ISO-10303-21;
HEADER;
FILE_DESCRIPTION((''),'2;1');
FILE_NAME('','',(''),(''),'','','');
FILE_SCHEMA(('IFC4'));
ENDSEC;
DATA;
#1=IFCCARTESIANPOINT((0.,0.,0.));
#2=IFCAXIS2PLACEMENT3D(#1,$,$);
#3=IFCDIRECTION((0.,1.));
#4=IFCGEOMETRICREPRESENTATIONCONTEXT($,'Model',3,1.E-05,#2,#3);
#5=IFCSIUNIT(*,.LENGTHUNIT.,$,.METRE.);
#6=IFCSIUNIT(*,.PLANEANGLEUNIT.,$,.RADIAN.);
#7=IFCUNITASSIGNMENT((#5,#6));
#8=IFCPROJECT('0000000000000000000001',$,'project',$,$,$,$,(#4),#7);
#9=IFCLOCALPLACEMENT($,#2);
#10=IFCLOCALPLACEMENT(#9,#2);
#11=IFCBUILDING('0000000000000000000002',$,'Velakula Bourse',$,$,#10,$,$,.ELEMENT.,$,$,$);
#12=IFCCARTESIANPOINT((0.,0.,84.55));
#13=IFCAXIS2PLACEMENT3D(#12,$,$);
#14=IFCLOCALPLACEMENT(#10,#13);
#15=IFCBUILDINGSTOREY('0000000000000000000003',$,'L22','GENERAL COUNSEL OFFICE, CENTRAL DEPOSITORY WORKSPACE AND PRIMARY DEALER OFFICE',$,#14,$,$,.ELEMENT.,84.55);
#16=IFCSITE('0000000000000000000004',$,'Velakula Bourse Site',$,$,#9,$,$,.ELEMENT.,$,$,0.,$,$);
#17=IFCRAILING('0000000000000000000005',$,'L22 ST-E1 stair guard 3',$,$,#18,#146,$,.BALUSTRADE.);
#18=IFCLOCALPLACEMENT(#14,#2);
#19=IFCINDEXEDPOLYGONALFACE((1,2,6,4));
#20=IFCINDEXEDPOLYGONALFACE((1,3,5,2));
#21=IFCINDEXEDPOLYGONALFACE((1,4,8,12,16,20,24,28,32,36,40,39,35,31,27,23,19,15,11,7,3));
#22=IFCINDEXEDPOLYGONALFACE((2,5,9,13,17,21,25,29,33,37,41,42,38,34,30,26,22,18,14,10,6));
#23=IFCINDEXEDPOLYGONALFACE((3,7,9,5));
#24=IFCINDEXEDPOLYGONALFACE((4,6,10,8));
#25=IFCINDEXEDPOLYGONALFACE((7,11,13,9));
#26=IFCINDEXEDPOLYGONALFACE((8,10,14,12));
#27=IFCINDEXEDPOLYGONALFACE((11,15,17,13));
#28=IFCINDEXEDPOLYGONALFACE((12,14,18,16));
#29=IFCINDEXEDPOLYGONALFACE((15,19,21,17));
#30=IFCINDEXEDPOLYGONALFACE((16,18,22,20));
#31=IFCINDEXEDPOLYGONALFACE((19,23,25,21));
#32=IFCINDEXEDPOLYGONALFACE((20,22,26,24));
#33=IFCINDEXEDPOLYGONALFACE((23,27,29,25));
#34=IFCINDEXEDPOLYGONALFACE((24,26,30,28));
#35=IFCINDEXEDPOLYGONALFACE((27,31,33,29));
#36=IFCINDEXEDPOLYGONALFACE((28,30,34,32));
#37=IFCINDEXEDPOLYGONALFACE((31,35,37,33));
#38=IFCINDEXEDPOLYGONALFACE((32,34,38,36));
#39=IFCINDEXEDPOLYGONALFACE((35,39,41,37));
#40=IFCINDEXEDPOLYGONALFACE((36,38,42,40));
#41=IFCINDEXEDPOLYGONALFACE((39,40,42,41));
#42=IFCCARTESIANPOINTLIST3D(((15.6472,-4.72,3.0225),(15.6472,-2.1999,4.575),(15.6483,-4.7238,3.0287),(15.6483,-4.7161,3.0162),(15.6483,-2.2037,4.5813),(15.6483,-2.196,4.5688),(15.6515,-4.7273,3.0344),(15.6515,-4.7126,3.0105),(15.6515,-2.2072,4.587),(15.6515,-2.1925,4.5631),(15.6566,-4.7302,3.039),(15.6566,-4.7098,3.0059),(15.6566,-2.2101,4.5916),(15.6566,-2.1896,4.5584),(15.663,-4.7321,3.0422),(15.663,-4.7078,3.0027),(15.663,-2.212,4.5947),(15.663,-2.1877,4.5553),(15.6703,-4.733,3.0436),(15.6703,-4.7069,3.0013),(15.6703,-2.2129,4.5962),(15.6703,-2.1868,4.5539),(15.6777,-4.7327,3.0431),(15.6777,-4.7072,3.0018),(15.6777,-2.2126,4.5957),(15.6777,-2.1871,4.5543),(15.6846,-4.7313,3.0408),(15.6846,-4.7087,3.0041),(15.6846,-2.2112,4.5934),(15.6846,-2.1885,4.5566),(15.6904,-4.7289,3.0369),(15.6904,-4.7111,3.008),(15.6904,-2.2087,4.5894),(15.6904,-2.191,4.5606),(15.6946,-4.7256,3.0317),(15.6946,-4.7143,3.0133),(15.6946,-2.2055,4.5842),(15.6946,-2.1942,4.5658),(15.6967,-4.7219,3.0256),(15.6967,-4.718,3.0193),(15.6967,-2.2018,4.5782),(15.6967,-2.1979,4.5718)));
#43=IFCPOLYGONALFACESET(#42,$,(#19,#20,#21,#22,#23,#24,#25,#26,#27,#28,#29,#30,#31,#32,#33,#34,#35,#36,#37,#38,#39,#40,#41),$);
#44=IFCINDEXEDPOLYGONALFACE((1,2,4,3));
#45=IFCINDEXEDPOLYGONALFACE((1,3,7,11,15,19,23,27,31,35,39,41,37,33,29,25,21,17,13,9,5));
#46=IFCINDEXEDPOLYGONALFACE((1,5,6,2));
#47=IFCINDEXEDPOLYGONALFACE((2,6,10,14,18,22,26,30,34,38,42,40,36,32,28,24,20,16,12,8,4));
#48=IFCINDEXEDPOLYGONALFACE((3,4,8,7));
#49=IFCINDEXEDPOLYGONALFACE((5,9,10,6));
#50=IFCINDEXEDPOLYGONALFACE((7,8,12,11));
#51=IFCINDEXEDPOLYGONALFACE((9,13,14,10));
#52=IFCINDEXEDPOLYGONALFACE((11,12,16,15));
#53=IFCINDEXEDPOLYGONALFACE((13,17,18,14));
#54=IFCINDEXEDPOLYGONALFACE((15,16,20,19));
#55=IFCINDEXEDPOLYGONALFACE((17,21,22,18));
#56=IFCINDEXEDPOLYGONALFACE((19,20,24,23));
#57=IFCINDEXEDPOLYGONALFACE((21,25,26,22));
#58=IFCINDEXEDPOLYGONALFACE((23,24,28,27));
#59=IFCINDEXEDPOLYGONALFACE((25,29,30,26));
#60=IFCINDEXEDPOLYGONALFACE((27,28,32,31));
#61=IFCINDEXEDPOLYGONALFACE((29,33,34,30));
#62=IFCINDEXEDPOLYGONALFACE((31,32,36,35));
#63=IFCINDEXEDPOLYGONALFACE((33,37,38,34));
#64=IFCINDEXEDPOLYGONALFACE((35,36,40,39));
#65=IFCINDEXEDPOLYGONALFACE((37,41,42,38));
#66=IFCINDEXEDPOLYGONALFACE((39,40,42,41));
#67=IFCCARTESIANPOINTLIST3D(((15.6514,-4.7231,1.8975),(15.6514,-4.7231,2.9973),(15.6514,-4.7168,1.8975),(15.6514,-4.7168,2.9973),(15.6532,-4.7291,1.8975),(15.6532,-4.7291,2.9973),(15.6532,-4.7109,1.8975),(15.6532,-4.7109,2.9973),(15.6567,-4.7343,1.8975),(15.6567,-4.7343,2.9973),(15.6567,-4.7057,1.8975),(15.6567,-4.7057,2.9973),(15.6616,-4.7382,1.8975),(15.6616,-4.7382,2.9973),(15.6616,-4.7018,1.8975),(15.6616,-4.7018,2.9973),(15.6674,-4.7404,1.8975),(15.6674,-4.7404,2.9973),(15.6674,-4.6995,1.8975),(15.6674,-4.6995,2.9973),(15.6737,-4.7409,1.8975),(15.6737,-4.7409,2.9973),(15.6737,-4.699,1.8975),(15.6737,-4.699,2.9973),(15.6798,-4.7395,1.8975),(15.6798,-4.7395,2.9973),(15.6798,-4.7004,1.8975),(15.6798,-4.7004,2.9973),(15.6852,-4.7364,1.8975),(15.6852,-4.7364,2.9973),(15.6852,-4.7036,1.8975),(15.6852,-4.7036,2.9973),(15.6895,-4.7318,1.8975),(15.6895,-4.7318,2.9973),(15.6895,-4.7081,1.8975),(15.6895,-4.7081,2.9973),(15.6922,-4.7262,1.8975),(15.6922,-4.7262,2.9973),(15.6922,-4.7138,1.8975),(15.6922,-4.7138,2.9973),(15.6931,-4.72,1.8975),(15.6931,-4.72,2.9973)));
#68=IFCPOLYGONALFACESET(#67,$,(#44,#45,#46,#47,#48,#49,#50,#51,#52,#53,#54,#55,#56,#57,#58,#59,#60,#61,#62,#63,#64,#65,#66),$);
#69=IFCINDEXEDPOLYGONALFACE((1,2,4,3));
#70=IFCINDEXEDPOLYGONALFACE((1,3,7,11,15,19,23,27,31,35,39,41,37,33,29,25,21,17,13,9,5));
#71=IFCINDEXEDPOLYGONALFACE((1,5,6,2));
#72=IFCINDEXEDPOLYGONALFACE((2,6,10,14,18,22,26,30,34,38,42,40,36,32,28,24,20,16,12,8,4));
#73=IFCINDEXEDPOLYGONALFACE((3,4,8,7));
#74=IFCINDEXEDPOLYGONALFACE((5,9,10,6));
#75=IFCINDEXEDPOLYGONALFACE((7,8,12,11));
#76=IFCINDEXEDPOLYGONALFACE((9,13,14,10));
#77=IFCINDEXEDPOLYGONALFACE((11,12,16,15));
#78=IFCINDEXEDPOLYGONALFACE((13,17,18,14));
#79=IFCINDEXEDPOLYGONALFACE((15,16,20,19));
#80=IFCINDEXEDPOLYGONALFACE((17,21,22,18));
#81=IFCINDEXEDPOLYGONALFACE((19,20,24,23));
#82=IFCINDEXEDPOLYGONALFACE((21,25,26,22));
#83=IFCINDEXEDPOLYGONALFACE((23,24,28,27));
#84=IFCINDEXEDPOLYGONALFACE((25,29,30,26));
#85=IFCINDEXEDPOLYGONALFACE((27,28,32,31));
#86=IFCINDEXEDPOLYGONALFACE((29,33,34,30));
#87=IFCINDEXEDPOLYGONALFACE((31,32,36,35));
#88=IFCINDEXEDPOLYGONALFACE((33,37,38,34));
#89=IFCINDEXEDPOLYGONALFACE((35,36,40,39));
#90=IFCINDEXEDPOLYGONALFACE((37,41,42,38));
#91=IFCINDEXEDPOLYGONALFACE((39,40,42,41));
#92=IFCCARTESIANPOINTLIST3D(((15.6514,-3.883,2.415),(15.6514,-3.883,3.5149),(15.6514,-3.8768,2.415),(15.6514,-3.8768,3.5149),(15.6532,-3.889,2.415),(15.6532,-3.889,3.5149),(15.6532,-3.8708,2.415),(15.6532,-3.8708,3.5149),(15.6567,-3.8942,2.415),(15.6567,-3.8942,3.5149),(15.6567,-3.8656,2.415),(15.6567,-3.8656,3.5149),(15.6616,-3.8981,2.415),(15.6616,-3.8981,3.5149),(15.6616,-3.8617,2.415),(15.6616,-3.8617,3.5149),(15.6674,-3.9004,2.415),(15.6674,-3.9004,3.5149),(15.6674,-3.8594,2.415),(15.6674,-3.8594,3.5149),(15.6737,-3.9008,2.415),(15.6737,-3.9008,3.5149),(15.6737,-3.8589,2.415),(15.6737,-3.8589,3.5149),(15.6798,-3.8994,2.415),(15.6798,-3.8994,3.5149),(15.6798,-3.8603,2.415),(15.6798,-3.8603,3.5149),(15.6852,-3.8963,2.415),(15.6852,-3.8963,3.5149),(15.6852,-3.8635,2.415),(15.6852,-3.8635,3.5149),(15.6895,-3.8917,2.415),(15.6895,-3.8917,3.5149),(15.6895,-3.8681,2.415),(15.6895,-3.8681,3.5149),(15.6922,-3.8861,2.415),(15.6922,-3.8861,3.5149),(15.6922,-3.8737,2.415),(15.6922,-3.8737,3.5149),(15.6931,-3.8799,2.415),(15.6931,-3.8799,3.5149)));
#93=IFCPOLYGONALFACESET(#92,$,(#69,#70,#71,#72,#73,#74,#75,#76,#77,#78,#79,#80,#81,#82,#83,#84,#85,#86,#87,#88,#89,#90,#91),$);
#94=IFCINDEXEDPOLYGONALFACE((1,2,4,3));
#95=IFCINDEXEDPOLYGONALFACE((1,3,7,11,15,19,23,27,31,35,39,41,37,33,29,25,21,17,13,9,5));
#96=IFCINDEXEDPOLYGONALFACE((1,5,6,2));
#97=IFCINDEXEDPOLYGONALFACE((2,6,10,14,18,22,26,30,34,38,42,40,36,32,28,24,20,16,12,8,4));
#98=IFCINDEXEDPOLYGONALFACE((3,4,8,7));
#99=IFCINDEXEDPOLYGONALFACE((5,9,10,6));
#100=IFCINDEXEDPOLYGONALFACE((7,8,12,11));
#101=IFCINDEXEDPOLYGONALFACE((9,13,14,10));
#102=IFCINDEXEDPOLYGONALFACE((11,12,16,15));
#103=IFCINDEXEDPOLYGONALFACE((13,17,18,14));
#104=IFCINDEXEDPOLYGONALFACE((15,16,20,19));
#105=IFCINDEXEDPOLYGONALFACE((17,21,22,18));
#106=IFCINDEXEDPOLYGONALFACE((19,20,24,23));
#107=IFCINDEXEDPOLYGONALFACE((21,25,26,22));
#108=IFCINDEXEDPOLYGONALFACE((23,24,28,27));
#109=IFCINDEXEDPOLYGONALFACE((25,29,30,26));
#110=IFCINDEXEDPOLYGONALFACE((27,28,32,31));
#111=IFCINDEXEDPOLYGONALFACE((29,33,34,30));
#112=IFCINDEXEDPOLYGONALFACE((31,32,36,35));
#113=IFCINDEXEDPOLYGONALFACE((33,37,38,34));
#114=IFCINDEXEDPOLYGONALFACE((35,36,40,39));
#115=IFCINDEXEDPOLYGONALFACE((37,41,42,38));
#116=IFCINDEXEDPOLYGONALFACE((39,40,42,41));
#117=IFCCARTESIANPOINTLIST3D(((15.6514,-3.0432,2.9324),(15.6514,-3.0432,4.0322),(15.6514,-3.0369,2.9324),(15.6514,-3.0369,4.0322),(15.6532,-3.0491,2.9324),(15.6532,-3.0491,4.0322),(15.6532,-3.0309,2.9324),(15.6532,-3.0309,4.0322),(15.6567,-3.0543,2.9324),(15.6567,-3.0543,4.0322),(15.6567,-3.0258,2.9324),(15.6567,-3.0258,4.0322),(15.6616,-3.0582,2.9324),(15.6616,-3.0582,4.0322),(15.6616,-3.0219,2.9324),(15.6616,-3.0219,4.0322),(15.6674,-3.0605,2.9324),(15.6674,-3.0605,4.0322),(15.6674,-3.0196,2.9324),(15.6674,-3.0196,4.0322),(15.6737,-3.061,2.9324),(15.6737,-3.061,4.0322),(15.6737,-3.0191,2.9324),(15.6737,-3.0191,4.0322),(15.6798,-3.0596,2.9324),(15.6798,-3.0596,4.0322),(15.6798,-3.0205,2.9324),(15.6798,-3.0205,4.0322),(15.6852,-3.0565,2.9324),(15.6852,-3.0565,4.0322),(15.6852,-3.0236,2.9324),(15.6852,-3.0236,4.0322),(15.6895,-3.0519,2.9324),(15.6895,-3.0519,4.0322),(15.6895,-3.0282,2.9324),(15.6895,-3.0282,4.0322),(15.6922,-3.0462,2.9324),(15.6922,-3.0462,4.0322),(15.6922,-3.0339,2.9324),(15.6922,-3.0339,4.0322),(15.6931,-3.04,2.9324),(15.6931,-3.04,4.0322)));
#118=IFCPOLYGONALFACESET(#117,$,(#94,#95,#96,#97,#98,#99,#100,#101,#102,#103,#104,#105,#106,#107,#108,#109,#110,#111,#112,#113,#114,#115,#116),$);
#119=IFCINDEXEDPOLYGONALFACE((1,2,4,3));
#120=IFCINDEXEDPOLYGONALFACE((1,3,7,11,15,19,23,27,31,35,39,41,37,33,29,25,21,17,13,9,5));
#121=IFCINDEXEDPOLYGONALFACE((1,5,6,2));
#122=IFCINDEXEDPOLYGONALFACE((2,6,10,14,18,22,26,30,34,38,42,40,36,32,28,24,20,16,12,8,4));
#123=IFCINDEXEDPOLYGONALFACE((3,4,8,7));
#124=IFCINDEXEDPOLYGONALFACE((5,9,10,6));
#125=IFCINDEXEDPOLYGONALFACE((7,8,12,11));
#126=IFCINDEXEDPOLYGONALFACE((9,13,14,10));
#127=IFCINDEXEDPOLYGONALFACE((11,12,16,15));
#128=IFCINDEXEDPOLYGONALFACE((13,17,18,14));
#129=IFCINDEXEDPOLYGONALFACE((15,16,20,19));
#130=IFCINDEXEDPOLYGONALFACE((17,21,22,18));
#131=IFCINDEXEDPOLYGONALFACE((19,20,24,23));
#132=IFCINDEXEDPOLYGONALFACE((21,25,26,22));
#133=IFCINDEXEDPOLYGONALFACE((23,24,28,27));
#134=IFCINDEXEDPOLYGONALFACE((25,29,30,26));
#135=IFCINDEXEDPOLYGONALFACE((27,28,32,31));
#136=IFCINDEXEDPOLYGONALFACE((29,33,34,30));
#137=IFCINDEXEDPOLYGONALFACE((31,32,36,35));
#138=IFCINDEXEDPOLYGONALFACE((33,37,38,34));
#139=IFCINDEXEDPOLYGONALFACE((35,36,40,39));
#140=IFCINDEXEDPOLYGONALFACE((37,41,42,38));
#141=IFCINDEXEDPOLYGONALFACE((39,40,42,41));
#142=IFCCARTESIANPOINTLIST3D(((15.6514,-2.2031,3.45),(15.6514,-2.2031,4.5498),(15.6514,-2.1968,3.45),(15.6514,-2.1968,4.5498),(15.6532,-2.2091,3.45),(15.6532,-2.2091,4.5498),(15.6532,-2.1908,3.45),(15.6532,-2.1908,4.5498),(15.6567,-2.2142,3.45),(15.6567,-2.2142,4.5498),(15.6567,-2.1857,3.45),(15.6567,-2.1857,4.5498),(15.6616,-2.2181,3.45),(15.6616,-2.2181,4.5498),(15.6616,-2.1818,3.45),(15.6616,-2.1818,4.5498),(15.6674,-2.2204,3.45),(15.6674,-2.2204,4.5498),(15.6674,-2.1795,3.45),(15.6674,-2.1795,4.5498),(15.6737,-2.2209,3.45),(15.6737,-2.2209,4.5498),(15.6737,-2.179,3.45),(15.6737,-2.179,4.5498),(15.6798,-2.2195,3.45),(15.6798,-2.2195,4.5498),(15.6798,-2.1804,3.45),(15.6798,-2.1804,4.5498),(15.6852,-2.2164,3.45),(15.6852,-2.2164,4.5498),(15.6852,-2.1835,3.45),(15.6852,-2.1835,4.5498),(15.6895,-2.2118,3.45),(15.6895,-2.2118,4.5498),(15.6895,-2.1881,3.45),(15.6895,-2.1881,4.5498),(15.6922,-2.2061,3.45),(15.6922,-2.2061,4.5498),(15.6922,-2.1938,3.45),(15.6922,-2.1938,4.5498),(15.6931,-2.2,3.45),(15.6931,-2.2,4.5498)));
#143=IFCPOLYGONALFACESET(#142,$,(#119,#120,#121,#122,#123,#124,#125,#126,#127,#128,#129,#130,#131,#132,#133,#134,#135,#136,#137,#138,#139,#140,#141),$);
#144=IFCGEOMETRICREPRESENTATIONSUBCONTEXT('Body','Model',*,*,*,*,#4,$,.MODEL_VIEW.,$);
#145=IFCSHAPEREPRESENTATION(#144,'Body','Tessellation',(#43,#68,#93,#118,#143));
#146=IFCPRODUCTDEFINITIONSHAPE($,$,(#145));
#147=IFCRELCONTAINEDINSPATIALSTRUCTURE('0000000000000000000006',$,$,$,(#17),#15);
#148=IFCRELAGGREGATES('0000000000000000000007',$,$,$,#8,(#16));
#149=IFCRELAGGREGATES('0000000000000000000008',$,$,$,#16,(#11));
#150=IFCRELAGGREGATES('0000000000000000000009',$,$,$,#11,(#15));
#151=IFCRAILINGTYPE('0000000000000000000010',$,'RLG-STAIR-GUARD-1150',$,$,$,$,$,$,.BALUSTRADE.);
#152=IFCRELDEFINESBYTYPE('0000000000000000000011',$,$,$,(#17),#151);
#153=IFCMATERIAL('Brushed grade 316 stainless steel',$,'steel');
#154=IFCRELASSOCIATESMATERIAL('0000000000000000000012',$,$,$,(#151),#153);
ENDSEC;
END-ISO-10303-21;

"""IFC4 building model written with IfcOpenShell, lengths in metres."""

from ifc_helpers import new_model, si_unit, direction, frame, origin, origin_2d, place, context, subcontext, project, spatial, circle, extrude, material, type_object, element, save


model = new_model("IFC4")

# Units and contexts
model_context = context("Model", 3, precision=1e-05, world=origin(), true_north=direction((0.0, 1.0)))
body_context = subcontext(model_context, "Body", "Model", "MODEL_VIEW")
ifc_project = project(units=[si_unit("LENGTHUNIT", "METRE"), si_unit("PLANEANGLEUNIT", "RADIAN")], contexts=[model_context])

# Site, building, storey
site_placement = place(None, origin())
site = spatial("IfcSite", under=ifc_project, at=site_placement, Name="Velakula Bourse Site", CompositionType="ELEMENT", RefElevation=0.0)
building_placement = place(site_placement, origin())
building = spatial("IfcBuilding", under=site, at=building_placement, Name="Velakula Bourse", CompositionType="ELEMENT")
storey_placement = place(building_placement, frame((0.0, 0.0, 84.55)))
storey = spatial("IfcBuildingStorey", under=building, at=storey_placement, Name="L22", Description="GENERAL COUNSEL OFFICE, CENTRAL DEPOSITORY WORKSPACE AND PRIMARY DEALER OFFICE", CompositionType="ELEMENT", Elevation=84.55)

# Railing
ifc_material_1 = material(Name="Brushed grade 316 stainless steel", Category="steel")
railing_type_1 = type_object("IfcRailingType", Name="RLG-STAIR-GUARD-1150", PredefinedType="BALUSTRADE", material=ifc_material_1)
railing_1_placement = place(storey_placement, frame((15.6721, -4.72, 1.8975)))
element("IfcRailing", 1, at=railing_1_placement, inside=storey, type_object=railing_type_1, Name="L22 ST-E1 stair guard 3", PredefinedType="BALUSTRADE", context=body_context, shape_type="SweptSolid", body=[
    extrude(circle(Radius=0.0249, at=origin_2d()), frame((0.0, 0.0, 1.125), z_axis=(0.0, 0.8514, 0.524516), x_axis=(-1.0, 0.0, 0.0)), (0.0, 0.0, 1.0), 2.96),
    extrude(circle(Radius=0.021, at=origin_2d()), origin(), (0.0, 0.0, 1.0), 1.0999),
    extrude(circle(Radius=0.021, at=origin_2d()), frame((0.0, 0.8401, 0.5176)), (0.0, 0.0, 1.0), 1.0999),
    extrude(circle(Radius=0.021, at=origin_2d()), frame((0.0, 1.6799, 1.0349)), (0.0, 0.0, 1.0), 1.0999),
    extrude(circle(Radius=0.021, at=origin_2d()), frame((0.0, 2.52, 1.5525)), (0.0, 0.0, 1.0), 1.0999),
])

save(model, "model.ifc")
